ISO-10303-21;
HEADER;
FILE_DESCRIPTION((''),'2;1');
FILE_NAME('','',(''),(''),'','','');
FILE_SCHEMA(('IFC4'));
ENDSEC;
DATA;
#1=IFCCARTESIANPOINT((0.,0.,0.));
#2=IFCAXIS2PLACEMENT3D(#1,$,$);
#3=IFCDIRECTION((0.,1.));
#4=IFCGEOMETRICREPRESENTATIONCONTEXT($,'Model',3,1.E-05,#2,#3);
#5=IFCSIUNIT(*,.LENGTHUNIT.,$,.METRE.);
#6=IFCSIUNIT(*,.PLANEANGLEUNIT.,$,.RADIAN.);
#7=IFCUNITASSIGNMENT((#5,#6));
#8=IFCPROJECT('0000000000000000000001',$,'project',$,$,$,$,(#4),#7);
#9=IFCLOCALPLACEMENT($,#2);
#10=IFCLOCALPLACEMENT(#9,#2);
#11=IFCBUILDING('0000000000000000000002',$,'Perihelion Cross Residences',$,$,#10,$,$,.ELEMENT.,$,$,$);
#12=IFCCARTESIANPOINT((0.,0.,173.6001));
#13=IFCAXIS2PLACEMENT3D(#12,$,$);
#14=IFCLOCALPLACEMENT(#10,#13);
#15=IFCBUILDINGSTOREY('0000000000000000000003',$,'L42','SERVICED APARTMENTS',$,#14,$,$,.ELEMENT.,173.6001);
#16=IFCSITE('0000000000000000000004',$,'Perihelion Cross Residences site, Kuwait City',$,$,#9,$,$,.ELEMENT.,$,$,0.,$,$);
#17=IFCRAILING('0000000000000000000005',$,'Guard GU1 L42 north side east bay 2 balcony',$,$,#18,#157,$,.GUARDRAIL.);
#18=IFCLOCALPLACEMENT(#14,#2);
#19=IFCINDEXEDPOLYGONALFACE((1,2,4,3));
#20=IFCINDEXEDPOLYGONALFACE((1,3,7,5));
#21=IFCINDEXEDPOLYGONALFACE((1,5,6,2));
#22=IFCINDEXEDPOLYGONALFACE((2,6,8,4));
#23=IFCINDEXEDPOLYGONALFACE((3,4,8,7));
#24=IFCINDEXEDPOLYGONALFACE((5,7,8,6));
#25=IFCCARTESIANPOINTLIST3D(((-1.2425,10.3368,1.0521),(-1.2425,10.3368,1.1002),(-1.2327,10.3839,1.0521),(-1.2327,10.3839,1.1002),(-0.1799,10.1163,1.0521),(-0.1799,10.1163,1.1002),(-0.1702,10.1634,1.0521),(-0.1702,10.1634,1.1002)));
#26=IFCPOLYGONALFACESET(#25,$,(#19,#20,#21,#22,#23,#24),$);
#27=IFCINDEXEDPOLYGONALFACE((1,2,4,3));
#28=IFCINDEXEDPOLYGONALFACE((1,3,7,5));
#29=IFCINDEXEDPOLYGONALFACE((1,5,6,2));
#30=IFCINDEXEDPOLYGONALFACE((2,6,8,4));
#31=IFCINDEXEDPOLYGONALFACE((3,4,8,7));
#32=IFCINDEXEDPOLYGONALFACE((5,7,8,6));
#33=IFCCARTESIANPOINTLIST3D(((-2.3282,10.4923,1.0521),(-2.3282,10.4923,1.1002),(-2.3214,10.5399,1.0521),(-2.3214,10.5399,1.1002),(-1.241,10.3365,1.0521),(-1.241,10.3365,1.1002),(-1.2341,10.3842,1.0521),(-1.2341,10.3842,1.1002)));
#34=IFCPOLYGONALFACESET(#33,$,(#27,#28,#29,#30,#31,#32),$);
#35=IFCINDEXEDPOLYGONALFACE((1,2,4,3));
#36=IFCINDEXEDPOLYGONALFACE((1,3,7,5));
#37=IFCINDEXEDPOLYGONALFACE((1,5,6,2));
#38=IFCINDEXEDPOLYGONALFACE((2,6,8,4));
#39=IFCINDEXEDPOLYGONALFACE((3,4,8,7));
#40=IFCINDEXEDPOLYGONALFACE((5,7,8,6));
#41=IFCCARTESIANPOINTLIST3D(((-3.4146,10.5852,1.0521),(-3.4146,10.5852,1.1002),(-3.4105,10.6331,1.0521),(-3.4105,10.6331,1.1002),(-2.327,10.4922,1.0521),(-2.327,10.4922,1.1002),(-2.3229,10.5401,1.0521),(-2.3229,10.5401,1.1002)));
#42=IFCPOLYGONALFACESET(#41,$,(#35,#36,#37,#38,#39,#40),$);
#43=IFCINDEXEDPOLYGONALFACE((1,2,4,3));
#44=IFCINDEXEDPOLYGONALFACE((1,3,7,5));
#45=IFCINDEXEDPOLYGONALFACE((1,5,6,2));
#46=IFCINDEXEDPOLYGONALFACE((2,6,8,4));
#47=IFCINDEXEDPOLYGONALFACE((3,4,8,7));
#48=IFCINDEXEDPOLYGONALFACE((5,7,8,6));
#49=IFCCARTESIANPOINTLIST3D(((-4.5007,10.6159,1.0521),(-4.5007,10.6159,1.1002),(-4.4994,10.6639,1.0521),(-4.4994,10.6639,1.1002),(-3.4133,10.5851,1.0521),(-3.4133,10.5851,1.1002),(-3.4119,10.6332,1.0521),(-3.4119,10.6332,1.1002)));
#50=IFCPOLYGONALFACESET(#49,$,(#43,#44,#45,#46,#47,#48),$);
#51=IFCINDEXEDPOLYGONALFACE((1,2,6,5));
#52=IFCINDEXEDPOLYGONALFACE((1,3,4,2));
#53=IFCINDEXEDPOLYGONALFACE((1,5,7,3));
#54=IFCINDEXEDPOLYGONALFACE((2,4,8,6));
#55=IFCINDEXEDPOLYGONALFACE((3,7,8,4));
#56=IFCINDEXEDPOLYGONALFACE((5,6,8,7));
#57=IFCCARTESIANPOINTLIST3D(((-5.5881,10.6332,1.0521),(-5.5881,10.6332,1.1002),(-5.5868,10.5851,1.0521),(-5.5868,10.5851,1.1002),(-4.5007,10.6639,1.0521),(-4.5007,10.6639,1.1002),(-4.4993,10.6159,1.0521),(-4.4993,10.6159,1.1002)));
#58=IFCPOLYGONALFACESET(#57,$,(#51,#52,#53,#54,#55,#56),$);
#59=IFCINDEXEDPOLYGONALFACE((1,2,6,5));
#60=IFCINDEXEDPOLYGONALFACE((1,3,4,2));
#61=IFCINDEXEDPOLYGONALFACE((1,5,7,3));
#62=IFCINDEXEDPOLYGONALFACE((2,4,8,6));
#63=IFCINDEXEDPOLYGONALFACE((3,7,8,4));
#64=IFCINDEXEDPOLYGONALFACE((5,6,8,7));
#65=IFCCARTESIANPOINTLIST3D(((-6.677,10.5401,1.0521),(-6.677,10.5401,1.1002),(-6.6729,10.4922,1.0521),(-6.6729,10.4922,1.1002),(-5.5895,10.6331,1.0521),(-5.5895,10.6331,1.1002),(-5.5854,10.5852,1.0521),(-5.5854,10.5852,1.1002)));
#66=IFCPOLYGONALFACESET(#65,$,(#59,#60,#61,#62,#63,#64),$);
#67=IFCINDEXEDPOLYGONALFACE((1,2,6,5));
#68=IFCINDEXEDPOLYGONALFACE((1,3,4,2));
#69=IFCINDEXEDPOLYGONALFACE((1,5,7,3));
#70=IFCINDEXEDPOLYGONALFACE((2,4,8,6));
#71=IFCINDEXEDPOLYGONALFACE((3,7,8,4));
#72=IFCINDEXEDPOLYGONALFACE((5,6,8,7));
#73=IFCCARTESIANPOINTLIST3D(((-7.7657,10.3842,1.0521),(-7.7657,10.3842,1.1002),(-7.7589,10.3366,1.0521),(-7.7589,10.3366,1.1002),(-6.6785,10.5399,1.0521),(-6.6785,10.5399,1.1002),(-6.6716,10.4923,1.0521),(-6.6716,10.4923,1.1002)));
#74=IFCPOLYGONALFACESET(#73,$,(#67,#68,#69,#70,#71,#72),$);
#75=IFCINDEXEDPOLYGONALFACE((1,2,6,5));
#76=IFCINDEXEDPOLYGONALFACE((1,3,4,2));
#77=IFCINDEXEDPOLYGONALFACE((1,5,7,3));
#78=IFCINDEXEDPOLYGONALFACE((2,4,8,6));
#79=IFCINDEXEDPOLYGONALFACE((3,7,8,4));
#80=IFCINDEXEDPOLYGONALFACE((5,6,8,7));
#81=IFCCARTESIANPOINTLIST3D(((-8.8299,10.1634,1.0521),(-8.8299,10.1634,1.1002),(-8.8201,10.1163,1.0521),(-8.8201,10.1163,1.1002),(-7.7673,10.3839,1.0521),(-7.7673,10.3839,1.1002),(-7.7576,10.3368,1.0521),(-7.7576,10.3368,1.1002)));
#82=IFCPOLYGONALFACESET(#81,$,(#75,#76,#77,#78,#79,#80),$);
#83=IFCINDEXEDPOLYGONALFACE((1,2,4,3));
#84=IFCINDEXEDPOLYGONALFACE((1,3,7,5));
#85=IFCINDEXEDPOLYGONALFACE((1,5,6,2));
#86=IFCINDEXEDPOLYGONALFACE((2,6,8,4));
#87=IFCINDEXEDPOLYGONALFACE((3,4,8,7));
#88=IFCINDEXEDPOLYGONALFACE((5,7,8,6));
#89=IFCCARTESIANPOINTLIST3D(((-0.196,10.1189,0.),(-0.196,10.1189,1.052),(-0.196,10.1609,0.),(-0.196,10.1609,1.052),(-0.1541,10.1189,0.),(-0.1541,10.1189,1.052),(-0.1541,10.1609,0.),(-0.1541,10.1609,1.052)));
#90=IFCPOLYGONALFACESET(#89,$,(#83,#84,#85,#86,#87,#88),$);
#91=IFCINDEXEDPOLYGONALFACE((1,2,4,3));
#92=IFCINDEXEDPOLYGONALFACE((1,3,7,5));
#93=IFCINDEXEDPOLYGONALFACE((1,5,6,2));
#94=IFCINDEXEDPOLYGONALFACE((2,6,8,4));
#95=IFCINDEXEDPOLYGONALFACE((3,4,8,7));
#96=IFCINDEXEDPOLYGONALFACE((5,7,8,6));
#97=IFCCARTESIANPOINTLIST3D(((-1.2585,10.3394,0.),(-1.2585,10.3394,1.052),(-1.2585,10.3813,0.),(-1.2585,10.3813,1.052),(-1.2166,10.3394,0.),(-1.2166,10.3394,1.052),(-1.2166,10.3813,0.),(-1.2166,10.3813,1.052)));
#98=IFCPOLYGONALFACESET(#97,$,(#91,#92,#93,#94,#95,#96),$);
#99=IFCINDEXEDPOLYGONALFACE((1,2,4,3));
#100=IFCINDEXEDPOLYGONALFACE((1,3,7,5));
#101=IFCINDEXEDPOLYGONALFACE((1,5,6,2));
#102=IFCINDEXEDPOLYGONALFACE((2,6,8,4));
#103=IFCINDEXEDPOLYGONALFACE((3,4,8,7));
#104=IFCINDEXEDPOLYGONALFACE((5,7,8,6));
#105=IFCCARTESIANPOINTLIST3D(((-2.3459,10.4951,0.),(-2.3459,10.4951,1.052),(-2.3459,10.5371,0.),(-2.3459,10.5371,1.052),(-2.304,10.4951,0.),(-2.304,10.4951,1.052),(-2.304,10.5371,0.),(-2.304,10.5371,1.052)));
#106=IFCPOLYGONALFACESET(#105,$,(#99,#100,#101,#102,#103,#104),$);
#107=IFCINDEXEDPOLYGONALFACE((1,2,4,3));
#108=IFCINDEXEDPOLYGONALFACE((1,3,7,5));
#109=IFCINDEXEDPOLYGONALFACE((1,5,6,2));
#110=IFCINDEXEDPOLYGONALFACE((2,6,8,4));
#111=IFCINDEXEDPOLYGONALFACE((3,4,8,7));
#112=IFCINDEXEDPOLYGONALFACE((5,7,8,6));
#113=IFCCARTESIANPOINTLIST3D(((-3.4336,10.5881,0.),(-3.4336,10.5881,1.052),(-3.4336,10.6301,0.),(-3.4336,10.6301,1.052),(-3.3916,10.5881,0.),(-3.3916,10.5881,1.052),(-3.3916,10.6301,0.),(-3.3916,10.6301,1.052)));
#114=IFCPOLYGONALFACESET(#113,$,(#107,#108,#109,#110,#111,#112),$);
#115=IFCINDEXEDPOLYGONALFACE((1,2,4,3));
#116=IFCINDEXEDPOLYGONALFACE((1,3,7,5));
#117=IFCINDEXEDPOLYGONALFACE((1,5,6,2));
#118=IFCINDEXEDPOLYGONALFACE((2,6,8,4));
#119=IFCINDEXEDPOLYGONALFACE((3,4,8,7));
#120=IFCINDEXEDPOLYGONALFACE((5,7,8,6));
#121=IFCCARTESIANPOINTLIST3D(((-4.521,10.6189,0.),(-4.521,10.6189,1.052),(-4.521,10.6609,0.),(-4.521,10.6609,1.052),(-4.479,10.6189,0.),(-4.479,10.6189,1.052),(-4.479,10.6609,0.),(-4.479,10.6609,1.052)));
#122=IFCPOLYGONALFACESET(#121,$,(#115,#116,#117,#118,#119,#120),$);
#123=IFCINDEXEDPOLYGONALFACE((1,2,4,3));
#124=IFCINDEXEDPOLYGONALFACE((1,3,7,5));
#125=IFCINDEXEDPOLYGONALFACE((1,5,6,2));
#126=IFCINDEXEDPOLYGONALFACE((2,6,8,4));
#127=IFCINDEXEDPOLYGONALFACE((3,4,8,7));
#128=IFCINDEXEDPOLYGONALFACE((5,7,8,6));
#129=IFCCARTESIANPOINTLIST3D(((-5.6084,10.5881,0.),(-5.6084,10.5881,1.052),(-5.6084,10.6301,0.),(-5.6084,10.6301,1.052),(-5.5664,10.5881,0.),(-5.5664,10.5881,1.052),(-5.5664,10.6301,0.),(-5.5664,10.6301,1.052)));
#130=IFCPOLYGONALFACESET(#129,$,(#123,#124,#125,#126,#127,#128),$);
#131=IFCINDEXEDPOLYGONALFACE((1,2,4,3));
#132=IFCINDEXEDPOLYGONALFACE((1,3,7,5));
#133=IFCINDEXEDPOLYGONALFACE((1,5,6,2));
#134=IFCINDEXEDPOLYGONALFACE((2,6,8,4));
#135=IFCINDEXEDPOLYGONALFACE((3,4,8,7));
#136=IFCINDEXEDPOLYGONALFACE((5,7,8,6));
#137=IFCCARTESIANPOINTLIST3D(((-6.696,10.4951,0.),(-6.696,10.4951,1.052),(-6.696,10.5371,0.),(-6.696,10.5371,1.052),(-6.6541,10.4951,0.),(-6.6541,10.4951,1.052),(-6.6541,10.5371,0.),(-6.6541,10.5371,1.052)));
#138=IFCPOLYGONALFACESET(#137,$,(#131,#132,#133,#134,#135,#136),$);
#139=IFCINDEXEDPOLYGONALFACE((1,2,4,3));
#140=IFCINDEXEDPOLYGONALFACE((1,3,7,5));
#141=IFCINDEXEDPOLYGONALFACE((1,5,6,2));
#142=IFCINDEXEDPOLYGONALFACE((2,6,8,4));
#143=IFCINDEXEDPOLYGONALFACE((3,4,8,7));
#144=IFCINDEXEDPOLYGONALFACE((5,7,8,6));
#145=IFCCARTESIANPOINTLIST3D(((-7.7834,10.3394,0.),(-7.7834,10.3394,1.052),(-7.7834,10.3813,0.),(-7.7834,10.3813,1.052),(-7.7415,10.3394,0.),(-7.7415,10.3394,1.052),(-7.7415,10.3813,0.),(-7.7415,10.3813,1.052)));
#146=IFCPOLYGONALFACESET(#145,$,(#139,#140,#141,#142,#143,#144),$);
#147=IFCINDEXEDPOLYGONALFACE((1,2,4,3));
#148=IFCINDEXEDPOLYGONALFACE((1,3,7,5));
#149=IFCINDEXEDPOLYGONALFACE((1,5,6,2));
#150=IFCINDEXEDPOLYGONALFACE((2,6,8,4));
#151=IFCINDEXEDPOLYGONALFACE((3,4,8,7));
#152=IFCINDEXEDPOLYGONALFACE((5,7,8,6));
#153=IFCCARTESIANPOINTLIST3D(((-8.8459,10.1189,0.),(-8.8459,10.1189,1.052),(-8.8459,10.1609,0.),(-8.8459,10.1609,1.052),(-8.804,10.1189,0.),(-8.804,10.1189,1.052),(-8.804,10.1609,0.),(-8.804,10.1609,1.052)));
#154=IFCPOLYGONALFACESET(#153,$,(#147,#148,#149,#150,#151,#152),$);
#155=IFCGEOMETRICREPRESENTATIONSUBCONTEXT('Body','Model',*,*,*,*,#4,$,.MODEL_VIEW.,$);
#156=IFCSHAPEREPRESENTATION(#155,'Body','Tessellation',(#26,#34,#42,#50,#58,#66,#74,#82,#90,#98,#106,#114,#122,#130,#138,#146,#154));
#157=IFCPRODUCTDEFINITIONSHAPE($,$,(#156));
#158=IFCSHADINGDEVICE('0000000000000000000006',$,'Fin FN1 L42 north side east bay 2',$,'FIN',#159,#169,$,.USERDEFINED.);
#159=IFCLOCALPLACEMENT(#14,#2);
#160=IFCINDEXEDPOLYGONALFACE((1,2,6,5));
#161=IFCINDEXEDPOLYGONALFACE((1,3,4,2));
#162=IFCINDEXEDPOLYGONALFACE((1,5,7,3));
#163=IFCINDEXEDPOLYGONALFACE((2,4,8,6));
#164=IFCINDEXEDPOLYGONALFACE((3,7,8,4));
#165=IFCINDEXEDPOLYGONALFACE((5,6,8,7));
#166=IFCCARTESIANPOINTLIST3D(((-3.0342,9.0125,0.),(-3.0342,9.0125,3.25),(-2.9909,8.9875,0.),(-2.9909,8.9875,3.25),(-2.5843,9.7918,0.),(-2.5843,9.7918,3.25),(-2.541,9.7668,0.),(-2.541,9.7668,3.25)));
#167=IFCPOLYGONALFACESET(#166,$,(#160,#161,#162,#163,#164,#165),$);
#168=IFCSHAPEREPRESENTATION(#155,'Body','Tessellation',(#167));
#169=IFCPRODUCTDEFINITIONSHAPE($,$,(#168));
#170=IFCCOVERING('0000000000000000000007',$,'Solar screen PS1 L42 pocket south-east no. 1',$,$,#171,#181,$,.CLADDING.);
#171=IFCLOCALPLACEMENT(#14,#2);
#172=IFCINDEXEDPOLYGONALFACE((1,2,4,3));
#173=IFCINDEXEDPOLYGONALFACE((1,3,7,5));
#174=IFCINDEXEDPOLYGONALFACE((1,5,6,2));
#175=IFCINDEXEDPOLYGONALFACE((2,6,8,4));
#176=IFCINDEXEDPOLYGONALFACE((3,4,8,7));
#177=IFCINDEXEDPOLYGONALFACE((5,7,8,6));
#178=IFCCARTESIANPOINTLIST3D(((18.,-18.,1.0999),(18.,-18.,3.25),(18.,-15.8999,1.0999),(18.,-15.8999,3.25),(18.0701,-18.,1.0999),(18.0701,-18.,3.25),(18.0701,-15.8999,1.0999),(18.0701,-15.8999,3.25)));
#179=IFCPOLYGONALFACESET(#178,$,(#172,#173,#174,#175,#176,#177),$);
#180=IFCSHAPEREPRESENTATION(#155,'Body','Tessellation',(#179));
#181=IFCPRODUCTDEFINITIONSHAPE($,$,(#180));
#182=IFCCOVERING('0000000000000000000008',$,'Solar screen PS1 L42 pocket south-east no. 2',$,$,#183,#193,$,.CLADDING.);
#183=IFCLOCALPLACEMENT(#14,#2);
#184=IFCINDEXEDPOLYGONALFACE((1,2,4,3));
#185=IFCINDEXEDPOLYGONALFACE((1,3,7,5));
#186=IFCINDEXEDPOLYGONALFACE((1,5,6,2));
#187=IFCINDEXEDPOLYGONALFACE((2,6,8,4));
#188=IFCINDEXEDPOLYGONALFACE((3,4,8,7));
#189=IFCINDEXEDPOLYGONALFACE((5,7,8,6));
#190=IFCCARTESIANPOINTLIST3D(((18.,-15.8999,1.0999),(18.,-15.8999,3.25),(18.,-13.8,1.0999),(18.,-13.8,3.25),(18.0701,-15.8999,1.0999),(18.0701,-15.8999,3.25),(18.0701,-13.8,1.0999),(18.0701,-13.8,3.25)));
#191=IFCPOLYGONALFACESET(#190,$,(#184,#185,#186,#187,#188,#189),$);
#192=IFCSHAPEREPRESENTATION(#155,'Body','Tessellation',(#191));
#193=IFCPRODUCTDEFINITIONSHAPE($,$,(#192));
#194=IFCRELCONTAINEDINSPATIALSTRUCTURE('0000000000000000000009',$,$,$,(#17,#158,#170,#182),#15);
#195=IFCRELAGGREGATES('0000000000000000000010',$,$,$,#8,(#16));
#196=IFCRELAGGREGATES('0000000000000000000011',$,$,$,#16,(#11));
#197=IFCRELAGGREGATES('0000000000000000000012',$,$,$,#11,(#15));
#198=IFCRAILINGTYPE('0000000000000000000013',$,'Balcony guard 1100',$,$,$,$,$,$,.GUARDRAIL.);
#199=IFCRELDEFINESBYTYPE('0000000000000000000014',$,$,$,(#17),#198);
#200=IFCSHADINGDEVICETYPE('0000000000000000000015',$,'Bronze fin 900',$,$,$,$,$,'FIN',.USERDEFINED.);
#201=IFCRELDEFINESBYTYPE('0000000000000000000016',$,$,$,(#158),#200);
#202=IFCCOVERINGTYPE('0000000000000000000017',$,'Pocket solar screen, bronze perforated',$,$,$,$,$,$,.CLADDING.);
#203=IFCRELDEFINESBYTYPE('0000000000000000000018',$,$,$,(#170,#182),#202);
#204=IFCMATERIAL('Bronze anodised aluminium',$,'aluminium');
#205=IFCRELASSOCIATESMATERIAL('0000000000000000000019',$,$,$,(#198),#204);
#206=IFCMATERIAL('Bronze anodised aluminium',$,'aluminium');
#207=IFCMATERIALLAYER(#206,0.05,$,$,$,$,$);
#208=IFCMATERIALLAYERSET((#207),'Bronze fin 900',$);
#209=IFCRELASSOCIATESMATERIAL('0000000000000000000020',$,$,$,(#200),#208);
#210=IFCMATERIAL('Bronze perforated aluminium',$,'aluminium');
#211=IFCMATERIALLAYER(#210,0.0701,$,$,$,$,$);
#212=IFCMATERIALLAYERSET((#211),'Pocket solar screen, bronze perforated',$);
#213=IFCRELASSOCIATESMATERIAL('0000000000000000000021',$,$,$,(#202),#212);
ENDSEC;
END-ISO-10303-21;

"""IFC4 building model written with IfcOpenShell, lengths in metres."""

from ifc_helpers import new_model, si_unit, direction, frame, origin, origin_2d, place, context, subcontext, project, spatial, polyline, rectangle, outline, extrude, material, layer, layer_set, type_object, element, save


model = new_model("IFC4")

# Units and contexts
model_context = context("Model", 3, precision=1e-05, world=origin(), true_north=direction((0.0, 1.0)))
body_context = subcontext(model_context, "Body", "Model", "MODEL_VIEW")
ifc_project = project(units=[si_unit("LENGTHUNIT", "METRE"), si_unit("PLANEANGLEUNIT", "RADIAN")], contexts=[model_context])

# Site, building, storey
site_placement = place(None, origin())
site = spatial("IfcSite", under=ifc_project, at=site_placement, Name="Perihelion Cross Residences site, Kuwait City", CompositionType="ELEMENT", RefElevation=0.0)
building_placement = place(site_placement, origin())
building = spatial("IfcBuilding", under=site, at=building_placement, Name="Perihelion Cross Residences", CompositionType="ELEMENT")
storey_placement = place(building_placement, frame((0.0, 0.0, 173.6001)))
storey = spatial("IfcBuildingStorey", under=building, at=storey_placement, Name="L42", Description="SERVICED APARTMENTS", CompositionType="ELEMENT", Elevation=173.6001)

# Railing
ifc_material_1 = material(Name="Bronze anodised aluminium", Category="aluminium")
railing_type = type_object("IfcRailingType", Name="Balcony guard 1100", PredefinedType="GUARDRAIL", material=ifc_material_1)
railing_placement = place(storey_placement, frame((-0.175, 10.1399, 0.0)))
element("IfcRailing", 1, at=railing_placement, inside=storey, type_object=railing_type, Name="Guard GU1 L42 north side east bay 2 balcony", PredefinedType="GUARDRAIL", context=body_context, shape_type="SweptSolid", body=[
    extrude(rectangle(XDim=0.0481, YDim=0.0481, at=origin_2d()), frame((0.0, 0.0, 1.0762), z_axis=(-0.979145, 0.203164, 0.0), x_axis=(-0.203164, -0.979145, 0.0)), (0.0, 0.0, 1.0), 1.0852),
    extrude(rectangle(XDim=0.0481, YDim=0.0481, at=origin_2d()), frame((-1.0625, 0.2205, 1.0762), z_axis=(-0.989896, 0.141795, 0.0), x_axis=(-0.141795, -0.989896, 0.0)), (0.0, 0.0, 1.0), 1.0984),
    extrude(rectangle(XDim=0.0481, YDim=0.0481, at=origin_2d()), frame((-2.1499, 0.3762, 1.0762), z_axis=(-0.996363, 0.085211, 0.0), x_axis=(-0.085211, -0.996363, 0.0)), (0.0, 0.0, 1.0), 1.0916),
    extrude(rectangle(XDim=0.0481, YDim=0.0481, at=origin_2d()), frame((-3.2375, 0.4692, 1.0762), z_axis=(-0.9996, 0.028278, 0.0), x_axis=(-0.028278, -0.9996, 0.0)), (0.0, 0.0, 1.0), 1.0879),
    extrude(rectangle(XDim=0.0481, YDim=0.0481, at=origin_2d()), frame((-4.325, 0.5, 1.0762), z_axis=(-0.9996, -0.028278, 0.0), x_axis=(0.028278, -0.9996, 0.0)), (0.0, 0.0, 1.0), 1.0879),
    extrude(rectangle(XDim=0.0481, YDim=0.0481, at=origin_2d()), frame((-5.4124, 0.4692, 1.0762), z_axis=(-0.996363, -0.085211, 0.0), x_axis=(0.085211, -0.996363, 0.0)), (0.0, 0.0, 1.0), 1.0916),
    extrude(rectangle(XDim=0.0481, YDim=0.0481, at=origin_2d()), frame((-6.5, 0.3762, 1.0762), z_axis=(-0.989896, -0.141795, 0.0), x_axis=(0.141795, -0.989896, 0.0)), (0.0, 0.0, 1.0), 1.0984),
    extrude(rectangle(XDim=0.0481, YDim=0.0481, at=origin_2d()), frame((-7.5874, 0.2205, 1.0762), z_axis=(-0.979145, -0.203164, 0.0), x_axis=(0.203164, -0.979145, 0.0)), (0.0, 0.0, 1.0), 1.0852),
    extrude(rectangle(XDim=0.042, YDim=0.042, at=origin_2d()), origin(), (0.0, 0.0, 1.0), 1.052),
    extrude(rectangle(XDim=0.042, YDim=0.042, at=origin_2d()), frame((-1.0625, 0.2205, 0.0)), (0.0, 0.0, 1.0), 1.052),
    extrude(rectangle(XDim=0.042, YDim=0.042, at=origin_2d()), frame((-2.1499, 0.3762, 0.0)), (0.0, 0.0, 1.0), 1.052),
    extrude(rectangle(XDim=0.042, YDim=0.042, at=origin_2d()), frame((-3.2375, 0.4692, 0.0)), (0.0, 0.0, 1.0), 1.052),
    extrude(rectangle(XDim=0.042, YDim=0.042, at=origin_2d()), frame((-4.325, 0.5, 0.0)), (0.0, 0.0, 1.0), 1.052),
    extrude(rectangle(XDim=0.042, YDim=0.042, at=origin_2d()), frame((-5.4124, 0.4692, 0.0)), (0.0, 0.0, 1.0), 1.052),
    extrude(rectangle(XDim=0.042, YDim=0.042, at=origin_2d()), frame((-6.5, 0.3762, 0.0)), (0.0, 0.0, 1.0), 1.052),
    extrude(rectangle(XDim=0.042, YDim=0.042, at=origin_2d()), frame((-7.5874, 0.2205, 0.0)), (0.0, 0.0, 1.0), 1.052),
    extrude(rectangle(XDim=0.042, YDim=0.042, at=origin_2d()), frame((-8.6499, 0.0, 0.0)), (0.0, 0.0, 1.0), 1.052),
])

# Shading device
ifc_material_2 = material(Name="Bronze anodised aluminium", Category="aluminium")
ifc_layer_1 = layer(ifc_material_2, 0.05)
ifc_layer_set_1 = layer_set([ifc_layer_1], Name="Bronze fin 900")
shading_device_type = type_object("IfcShadingDeviceType", Name="Bronze fin 900", ElementType="FIN", PredefinedType="USERDEFINED", material=ifc_layer_set_1)
shading_device_placement = place(storey_placement, frame((-2.7876, 9.3896, 0.0), z_axis=(0.0, 0.0, 1.0), x_axis=(0.5, 0.866025, 0.0)))
element("IfcShadingDevice", 2, at=shading_device_placement, inside=storey, type_object=shading_device_type, Name="Fin FN1 L42 north side east bay 2", ObjectType="FIN", PredefinedType="USERDEFINED", context=body_context, shape_type="SweptSolid", body=[
    extrude(rectangle(XDim=0.8999, YDim=0.05, at=origin_2d()), origin(), (0.0, 0.0, 1.0), 3.25),
])

# Coverings
ifc_material_3 = material(Name="Bronze perforated aluminium", Category="aluminium")
ifc_layer_2 = layer(ifc_material_3, 0.0701)
ifc_layer_set_2 = layer_set([ifc_layer_2], Name="Pocket solar screen, bronze perforated")
covering_type = type_object("IfcCoveringType", Name="Pocket solar screen, bronze perforated", PredefinedType="CLADDING", material=ifc_layer_set_2)
covering_1_placement = place(storey_placement, frame((0.0, 0.0, 1.0999)))
element("IfcCovering", 3, at=covering_1_placement, inside=storey, type_object=covering_type, Name="Solar screen PS1 L42 pocket south-east no. 1", PredefinedType="CLADDING", context=body_context, shape_type="SweptSolid", body=[
    extrude(outline(polyline([(18.0701, -18.0), (18.0701, -15.8999), (18.0, -15.8999), (18.0, -18.0), (18.0701, -18.0)])), origin(), (0.0, 0.0, 1.0), 2.1501),
])
covering_2_placement = place(storey_placement, frame((0.0, 0.0, 1.0999)))
element("IfcCovering", 4, at=covering_2_placement, inside=storey, type_object=covering_type, Name="Solar screen PS1 L42 pocket south-east no. 2", PredefinedType="CLADDING", context=body_context, shape_type="SweptSolid", body=[
    extrude(outline(polyline([(18.0701, -15.8999), (18.0701, -13.8), (18.0, -13.8), (18.0, -15.8999), (18.0701, -15.8999)])), origin(), (0.0, 0.0, 1.0), 2.1501),
])

save(model, "model.ifc")
